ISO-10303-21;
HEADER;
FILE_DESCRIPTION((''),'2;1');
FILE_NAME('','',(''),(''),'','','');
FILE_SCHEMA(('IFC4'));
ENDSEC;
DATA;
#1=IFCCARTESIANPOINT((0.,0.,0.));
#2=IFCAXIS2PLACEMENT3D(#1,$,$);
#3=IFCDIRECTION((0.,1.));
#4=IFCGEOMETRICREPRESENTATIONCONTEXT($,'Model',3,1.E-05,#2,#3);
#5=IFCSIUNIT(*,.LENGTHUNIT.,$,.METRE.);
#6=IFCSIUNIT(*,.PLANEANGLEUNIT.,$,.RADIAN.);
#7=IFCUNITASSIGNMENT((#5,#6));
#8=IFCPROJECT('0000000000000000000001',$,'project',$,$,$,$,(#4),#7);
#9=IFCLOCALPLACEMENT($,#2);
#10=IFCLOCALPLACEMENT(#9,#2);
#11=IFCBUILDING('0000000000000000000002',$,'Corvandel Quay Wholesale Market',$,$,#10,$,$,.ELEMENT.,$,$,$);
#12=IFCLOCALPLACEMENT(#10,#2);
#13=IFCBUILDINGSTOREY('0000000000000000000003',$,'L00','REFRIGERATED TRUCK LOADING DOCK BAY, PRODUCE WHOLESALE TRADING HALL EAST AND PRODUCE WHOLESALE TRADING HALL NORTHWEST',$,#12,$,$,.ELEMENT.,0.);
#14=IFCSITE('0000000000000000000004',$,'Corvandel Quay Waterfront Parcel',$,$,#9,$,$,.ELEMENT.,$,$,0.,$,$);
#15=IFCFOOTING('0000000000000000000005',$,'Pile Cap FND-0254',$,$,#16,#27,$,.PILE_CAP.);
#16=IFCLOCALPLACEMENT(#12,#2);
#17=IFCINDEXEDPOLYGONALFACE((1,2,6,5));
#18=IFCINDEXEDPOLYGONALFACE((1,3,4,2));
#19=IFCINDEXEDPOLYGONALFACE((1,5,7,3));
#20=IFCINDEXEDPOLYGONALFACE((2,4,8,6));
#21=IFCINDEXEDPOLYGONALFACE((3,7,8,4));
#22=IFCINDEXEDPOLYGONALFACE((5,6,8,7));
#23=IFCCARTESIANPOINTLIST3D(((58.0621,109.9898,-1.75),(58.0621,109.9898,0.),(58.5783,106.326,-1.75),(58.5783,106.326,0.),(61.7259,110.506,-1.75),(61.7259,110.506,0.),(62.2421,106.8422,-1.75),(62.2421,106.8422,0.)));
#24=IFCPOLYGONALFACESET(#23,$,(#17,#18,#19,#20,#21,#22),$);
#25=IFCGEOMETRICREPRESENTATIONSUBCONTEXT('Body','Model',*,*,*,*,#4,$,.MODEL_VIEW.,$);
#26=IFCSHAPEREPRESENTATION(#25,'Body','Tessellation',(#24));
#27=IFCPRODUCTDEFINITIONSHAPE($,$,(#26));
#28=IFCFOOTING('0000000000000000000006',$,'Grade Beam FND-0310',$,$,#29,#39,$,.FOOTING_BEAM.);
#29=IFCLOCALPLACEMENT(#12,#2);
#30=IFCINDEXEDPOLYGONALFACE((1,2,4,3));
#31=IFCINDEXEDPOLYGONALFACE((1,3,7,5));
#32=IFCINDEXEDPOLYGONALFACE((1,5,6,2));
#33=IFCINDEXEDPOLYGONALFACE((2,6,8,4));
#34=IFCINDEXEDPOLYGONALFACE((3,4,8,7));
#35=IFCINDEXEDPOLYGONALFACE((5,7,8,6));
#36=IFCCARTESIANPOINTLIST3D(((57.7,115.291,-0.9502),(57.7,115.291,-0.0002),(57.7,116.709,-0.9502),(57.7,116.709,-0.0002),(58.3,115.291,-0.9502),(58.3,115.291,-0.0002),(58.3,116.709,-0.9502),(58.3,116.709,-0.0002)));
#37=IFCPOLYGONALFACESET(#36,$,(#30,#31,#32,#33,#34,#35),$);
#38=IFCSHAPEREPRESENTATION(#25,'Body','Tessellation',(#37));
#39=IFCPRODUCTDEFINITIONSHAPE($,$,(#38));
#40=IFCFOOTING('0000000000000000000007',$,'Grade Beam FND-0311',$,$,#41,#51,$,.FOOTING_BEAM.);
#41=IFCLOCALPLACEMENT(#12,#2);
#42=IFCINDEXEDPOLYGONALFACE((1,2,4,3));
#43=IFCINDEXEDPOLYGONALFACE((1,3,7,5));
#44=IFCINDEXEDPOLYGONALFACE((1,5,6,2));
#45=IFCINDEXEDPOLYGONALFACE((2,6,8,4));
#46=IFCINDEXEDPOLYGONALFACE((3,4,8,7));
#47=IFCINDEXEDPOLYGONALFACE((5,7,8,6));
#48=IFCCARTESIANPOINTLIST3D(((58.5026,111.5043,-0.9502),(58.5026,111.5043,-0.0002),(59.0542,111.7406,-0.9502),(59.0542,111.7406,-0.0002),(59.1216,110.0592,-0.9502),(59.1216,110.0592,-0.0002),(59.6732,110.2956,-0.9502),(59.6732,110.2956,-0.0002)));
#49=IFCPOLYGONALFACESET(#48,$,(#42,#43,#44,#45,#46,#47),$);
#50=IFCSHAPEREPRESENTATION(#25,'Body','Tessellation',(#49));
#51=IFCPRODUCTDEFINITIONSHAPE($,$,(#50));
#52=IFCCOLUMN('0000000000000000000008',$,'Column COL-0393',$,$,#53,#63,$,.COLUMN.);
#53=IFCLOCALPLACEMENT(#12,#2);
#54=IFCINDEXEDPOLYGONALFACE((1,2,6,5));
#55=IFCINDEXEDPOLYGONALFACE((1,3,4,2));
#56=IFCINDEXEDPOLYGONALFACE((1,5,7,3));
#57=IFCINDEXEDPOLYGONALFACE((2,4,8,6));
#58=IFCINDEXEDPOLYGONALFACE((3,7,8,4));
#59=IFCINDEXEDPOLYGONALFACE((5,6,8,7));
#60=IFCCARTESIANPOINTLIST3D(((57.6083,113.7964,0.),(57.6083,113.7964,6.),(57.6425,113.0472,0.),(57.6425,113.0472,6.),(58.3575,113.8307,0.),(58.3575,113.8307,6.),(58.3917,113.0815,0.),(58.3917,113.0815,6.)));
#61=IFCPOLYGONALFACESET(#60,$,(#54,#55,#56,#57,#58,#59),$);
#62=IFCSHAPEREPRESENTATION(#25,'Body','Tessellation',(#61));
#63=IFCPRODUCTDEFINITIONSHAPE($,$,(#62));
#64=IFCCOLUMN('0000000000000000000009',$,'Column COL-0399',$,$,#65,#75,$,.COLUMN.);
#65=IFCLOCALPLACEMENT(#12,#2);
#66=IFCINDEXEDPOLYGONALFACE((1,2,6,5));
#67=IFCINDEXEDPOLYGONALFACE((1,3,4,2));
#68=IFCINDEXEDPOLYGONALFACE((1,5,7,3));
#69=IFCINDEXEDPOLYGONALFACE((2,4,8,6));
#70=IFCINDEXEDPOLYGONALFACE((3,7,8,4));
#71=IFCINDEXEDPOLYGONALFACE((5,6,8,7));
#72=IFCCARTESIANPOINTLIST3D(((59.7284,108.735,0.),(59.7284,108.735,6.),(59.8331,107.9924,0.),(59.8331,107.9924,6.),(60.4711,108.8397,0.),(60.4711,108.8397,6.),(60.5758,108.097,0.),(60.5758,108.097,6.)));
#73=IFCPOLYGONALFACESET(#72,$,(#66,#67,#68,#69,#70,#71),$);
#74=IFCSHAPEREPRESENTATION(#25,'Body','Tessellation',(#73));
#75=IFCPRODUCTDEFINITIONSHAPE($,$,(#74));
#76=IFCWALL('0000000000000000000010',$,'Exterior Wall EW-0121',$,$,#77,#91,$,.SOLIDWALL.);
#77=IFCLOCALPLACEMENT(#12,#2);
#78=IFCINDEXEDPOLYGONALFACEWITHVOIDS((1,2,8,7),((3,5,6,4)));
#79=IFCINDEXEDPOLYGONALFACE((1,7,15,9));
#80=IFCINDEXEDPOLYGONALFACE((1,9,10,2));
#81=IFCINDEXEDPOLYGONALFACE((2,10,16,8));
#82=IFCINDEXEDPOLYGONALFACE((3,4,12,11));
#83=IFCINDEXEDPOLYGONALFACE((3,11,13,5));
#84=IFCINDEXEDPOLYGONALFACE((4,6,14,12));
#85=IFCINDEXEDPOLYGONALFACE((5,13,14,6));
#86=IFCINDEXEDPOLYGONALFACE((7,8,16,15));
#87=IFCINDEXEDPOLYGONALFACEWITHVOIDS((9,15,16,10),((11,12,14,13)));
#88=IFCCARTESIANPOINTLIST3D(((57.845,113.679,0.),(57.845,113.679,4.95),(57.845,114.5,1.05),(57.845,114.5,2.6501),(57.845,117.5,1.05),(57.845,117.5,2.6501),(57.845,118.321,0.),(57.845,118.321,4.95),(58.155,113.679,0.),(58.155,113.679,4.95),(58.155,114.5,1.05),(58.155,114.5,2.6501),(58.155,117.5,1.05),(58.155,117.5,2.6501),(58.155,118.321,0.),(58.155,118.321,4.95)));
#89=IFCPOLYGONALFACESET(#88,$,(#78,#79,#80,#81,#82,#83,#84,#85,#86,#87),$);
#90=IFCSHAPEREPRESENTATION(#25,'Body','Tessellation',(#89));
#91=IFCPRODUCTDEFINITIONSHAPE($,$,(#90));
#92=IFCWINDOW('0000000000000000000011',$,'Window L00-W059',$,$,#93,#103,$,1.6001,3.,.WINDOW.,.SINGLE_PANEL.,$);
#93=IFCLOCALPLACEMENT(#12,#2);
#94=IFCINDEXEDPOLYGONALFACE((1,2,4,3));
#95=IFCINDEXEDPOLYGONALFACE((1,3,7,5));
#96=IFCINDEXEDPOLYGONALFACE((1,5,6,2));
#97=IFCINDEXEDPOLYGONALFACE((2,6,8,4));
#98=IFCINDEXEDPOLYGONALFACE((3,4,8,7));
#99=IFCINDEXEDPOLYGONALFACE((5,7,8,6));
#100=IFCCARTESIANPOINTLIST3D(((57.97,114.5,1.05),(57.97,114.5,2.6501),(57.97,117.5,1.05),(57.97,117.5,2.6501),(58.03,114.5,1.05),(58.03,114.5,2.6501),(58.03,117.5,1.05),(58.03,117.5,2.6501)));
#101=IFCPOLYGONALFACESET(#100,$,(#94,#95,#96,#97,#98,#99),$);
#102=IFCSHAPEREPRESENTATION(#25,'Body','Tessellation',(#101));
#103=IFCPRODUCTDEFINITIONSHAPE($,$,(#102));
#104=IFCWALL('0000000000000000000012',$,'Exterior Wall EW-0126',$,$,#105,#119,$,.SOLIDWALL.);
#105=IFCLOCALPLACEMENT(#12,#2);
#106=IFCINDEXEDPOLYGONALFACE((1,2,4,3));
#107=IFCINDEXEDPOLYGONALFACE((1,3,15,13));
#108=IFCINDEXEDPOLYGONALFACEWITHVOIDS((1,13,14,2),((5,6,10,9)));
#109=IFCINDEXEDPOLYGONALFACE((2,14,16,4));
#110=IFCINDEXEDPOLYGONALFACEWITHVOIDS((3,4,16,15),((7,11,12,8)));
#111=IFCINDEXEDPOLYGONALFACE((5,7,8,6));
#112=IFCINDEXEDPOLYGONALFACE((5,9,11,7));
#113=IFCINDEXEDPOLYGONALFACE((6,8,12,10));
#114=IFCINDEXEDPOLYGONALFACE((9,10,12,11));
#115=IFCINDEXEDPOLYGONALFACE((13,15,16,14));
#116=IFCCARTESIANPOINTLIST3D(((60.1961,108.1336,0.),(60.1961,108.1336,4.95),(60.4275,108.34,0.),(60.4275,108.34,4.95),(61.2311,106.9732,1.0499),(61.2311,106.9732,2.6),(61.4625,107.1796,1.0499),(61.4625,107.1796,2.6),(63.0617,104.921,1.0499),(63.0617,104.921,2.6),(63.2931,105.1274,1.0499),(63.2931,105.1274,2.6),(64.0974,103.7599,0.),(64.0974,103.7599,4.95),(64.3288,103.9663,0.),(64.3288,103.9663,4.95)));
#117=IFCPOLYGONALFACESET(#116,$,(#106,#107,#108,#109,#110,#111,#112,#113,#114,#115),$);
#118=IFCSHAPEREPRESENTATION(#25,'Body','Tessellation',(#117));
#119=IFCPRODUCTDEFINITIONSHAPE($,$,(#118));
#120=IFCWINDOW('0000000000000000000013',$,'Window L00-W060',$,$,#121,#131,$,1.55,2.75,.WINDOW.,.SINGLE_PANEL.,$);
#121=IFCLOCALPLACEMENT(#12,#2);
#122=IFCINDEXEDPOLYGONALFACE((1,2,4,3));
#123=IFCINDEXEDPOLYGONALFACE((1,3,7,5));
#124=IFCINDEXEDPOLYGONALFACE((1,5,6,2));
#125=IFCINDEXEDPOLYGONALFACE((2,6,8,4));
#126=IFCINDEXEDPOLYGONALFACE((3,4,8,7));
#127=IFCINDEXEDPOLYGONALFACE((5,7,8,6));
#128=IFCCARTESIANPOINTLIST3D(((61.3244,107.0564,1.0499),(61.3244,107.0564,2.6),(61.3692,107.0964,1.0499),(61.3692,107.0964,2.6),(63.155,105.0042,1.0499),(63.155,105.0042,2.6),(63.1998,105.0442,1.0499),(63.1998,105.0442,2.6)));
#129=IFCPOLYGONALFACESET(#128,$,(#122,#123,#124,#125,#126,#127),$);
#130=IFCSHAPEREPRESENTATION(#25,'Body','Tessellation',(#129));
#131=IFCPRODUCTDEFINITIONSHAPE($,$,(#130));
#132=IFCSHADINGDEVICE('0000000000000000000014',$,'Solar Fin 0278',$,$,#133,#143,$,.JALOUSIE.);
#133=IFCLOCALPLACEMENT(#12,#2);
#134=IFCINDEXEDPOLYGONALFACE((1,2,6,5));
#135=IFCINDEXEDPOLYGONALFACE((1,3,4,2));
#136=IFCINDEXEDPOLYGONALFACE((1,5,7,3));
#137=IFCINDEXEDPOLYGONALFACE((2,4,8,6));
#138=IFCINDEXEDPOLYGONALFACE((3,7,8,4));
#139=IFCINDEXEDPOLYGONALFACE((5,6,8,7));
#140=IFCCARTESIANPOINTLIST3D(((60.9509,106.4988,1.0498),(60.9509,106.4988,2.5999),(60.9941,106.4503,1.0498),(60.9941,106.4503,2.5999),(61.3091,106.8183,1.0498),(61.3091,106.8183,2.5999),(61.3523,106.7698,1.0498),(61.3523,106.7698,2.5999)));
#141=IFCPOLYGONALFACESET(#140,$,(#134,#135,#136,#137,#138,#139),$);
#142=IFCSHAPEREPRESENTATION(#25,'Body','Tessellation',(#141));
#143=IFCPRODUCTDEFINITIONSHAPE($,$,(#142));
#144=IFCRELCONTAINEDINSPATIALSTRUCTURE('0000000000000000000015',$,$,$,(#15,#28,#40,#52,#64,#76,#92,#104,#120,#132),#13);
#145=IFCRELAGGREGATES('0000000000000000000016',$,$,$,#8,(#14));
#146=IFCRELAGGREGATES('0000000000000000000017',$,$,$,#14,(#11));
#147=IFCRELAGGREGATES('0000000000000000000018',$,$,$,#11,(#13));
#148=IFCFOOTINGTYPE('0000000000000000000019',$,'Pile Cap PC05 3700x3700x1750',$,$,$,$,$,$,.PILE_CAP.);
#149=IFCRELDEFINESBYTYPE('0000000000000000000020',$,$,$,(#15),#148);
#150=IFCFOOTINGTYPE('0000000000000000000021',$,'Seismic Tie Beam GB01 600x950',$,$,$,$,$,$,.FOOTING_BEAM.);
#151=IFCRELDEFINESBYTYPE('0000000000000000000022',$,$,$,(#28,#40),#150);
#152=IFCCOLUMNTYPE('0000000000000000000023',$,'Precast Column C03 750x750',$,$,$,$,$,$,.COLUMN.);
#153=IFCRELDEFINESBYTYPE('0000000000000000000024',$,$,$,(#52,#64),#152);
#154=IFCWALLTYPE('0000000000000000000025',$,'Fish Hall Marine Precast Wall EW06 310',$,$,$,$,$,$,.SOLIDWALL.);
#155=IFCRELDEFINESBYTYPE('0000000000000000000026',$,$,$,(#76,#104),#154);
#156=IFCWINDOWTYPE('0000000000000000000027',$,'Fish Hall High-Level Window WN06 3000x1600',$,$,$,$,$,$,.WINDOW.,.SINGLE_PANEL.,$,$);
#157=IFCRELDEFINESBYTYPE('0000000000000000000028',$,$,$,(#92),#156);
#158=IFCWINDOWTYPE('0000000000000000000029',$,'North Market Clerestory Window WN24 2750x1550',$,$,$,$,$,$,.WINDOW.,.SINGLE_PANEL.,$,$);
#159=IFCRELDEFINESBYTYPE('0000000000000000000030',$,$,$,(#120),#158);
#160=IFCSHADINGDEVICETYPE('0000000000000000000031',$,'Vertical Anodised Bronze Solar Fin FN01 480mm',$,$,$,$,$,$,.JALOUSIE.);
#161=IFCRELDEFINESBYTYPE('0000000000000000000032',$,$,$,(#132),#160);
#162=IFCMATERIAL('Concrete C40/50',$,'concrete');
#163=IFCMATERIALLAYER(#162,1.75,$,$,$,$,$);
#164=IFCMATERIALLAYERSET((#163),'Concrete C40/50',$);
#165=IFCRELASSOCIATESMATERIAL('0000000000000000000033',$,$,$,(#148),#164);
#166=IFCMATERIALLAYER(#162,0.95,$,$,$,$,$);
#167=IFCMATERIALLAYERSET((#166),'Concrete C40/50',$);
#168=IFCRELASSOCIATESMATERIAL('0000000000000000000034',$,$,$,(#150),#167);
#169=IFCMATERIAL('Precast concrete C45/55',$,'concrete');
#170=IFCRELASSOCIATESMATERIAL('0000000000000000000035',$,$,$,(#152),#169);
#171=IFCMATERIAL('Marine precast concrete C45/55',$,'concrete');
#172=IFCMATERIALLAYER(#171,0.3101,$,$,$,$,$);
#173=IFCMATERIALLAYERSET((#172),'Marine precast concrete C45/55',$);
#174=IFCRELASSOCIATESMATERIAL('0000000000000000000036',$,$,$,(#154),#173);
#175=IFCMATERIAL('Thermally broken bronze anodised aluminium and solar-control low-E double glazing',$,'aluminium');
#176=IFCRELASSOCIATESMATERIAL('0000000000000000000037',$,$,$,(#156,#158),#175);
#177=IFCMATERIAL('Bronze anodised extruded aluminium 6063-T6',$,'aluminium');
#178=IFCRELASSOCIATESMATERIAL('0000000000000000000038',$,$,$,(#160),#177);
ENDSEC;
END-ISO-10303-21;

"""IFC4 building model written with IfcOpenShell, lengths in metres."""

from ifc_helpers import new_model, si_unit, direction, frame, frame_2d, origin, origin_2d, place, context, subcontext, project, spatial, rectangle, extrude, material, layer, layer_set, material_profile, profile_set, type_object, element, fill, save


model = new_model("IFC4")

# Units and contexts
model_context = context("Model", 3, precision=1e-05, world=origin(), true_north=direction((0.0, 1.0)))
body_context = subcontext(model_context, "Body", "Model", "MODEL_VIEW")
ifc_project = project(units=[si_unit("LENGTHUNIT", "METRE"), si_unit("PLANEANGLEUNIT", "RADIAN")], contexts=[model_context])

# Site, building, storey
site_placement = place(None, origin())
site = spatial("IfcSite", under=ifc_project, at=site_placement, Name="Corvandel Quay Waterfront Parcel", CompositionType="ELEMENT", RefElevation=0.0)
building_placement = place(site_placement, origin())
building = spatial("IfcBuilding", under=site, at=building_placement, Name="Corvandel Quay Wholesale Market", CompositionType="ELEMENT")
storey_placement = place(building_placement, origin())
storey = spatial("IfcBuildingStorey", under=building, at=storey_placement, Name="L00", Description="REFRIGERATED TRUCK LOADING DOCK BAY, PRODUCE WHOLESALE TRADING HALL EAST AND PRODUCE WHOLESALE TRADING HALL NORTHWEST", CompositionType="ELEMENT", Elevation=0.0)

# Shared definitions
ifc_material_1 = material(Name="Concrete C40/50", Category="concrete")

# Footings
ifc_layer_1 = layer(ifc_material_1, 1.75)
ifc_layer_set_1 = layer_set([ifc_layer_1], Name="Concrete C40/50")
footing_type_1 = type_object("IfcFootingType", Name="Pile Cap PC05 3700x3700x1750", PredefinedType="PILE_CAP", material=ifc_layer_set_1)
for number, where, z_axis, x_axis, name in (
    (1, (60.1521, 108.416, -1.75), (0.0, 0.0, 1.0), (-0.139519, 0.990219, 0.0), "Pile Cap FND-0254"),
):
    element("IfcFooting", number, at=place(storey_placement, frame(where, z_axis=z_axis, x_axis=x_axis)), inside=storey, type_object=footing_type_1, Name=name, PredefinedType="PILE_CAP", context=body_context, shape_type="SweptSolid", body=[
        extrude(rectangle(XDim=3.7, YDim=3.7, at=origin_2d()), origin(), (0.0, 0.0, 1.0), 1.75),
    ])
ifc_layer_2 = layer(ifc_material_1, 0.95)
ifc_layer_set_2 = layer_set([ifc_layer_2], Name="Concrete C40/50")
footing_type_2 = type_object("IfcFootingType", Name="Seismic Tie Beam GB01 600x950", PredefinedType="FOOTING_BEAM", material=ifc_layer_set_2)
footing_1_placement = place(storey_placement, frame((58.0, 116.0, -0.9502), z_axis=(0.0, 0.0, 1.0), x_axis=(0.0, 1.0, 0.0)))
element("IfcFooting", 2, at=footing_1_placement, inside=storey, type_object=footing_type_2, Name="Grade Beam FND-0310", PredefinedType="FOOTING_BEAM", context=body_context, shape_type="SweptSolid", body=[
    extrude(rectangle(XDim=1.418, YDim=0.6001, at=origin_2d()), origin(), (0.0, 0.0, 1.0), 0.95),
])
footing_2_placement = place(storey_placement, frame((59.0879, 110.8999, -0.9502), z_axis=(0.0, 0.0, 1.0), x_axis=(-0.393781, 0.919204, 0.0)))
element("IfcFooting", 3, at=footing_2_placement, inside=storey, type_object=footing_type_2, Name="Grade Beam FND-0311", PredefinedType="FOOTING_BEAM", context=body_context, shape_type="SweptSolid", body=[
    extrude(rectangle(XDim=1.572, YDim=0.6001, at=origin_2d()), origin(), (0.0, 0.0, 1.0), 0.95),
])

# Columns
ifc_material_2 = material(Name="Precast concrete C45/55", Category="concrete")
ifc_material_profile_1 = material_profile(ifc_material_2, rectangle(XDim=0.75, YDim=0.75, at=origin_2d()), Name="PC-COL-750x750")
ifc_profile_set_1 = profile_set([ifc_material_profile_1], Name="Precast concrete C45/55")
column_type = type_object("IfcColumnType", Name="Precast Column C03 750x750", PredefinedType="COLUMN", material=ifc_profile_set_1)
for number, where, z_axis, x_axis, name in (
    (4, (58.0, 113.439, 0.0), (0.0, 0.0, 1.0), (-0.045712, 0.998955, 0.0), "Column COL-0393"),
    (5, (60.1521, 108.416, 0.0), (0.0, 0.0, 1.0), (-0.139519, 0.990219, 0.0), "Column COL-0399"),
):
    element("IfcColumn", number, at=place(storey_placement, frame(where, z_axis=z_axis, x_axis=x_axis)), inside=storey, type_object=column_type, Name=name, PredefinedType="COLUMN", context=body_context, shape_type="SweptSolid", body=[
        extrude(rectangle(XDim=0.75, YDim=0.75, at=origin_2d()), origin(), (0.0, 0.0, 1.0), 6.0),
    ])

# Wall, opening, window
ifc_material_3 = material(Name="Marine precast concrete C45/55", Category="concrete")
ifc_layer_3 = layer(ifc_material_3, 0.3101)
ifc_layer_set_3 = layer_set([ifc_layer_3], Name="Marine precast concrete C45/55")
wall_type = type_object("IfcWallType", Name="Fish Hall Marine Precast Wall EW06 310", PredefinedType="SOLIDWALL", material=ifc_layer_set_3)
wall_1_placement = place(storey_placement, frame((58.0, 118.321, 0.0), z_axis=(0.0, 0.0, 1.0), x_axis=(0.0, -1.0, 0.0)))
wall_1 = element("IfcWall", 6, at=wall_1_placement, inside=storey, type_object=wall_type, Name="Exterior Wall EW-0121", PredefinedType="SOLIDWALL", context=body_context, shape_type="SweptSolid", body=[
    extrude(rectangle(XDim=4.6421, YDim=0.3101, at=frame_2d((2.321, 0.0))), origin(), (0.0, 0.0, 1.0), 4.95),
])
opening_1_placement = place(wall_1_placement, frame((0.821, 0.0, 1.05)))
opening_1 = element("IfcOpeningElement", 7, at=opening_1_placement, cuts=wall_1, PredefinedType="OPENING", context=body_context, shape_type="SweptSolid", body=[
    extrude(rectangle(XDim=3.0, YDim=1.6001, at=frame_2d((1.5, 0.8))), frame((0.0, 0.165, 0.0), z_axis=(0.0, -1.0, 0.0), x_axis=(1.0, 0.0, 0.0)), (0.0, 0.0, 1.0), 0.3301),
])
ifc_material_4 = material(Name="Thermally broken bronze anodised aluminium and solar-control low-E double glazing", Category="aluminium")
window_type_1 = type_object("IfcWindowType", Name="Fish Hall High-Level Window WN06 3000x1600", PartitioningType="SINGLE_PANEL", PredefinedType="WINDOW", material=ifc_material_4)
window_1_placement = place(opening_1_placement, origin())
window_1 = element("IfcWindow", 8, at=window_1_placement, inside=storey, type_object=window_type_1, Name="Window L00-W059", OverallHeight=1.6001, OverallWidth=3.0, PartitioningType="SINGLE_PANEL", PredefinedType="WINDOW", context=body_context, shape_type="SweptSolid", body=[
    extrude(rectangle(XDim=3.0, YDim=1.6001, at=frame_2d((1.5, 0.8))), frame((0.0, 0.03, 0.0), z_axis=(0.0, -1.0, 0.0), x_axis=(1.0, 0.0, 0.0)), (0.0, 0.0, 1.0), 0.0601),
])
fill(opening_1, window_1)

# Wall, opening, window
wall_2_placement = place(storey_placement, frame((60.3118, 108.2368, 0.0), z_axis=(0.0, 0.0, 1.0), x_axis=(0.665656, -0.746259, 0.0)))
wall_2 = element("IfcWall", 9, at=wall_2_placement, inside=storey, type_object=wall_type, Name="Exterior Wall EW-0126", PredefinedType="SOLIDWALL", context=body_context, shape_type="SweptSolid", body=[
    extrude(rectangle(XDim=5.8608, YDim=0.3101, at=frame_2d((2.9304, 0.0))), origin(), (0.0, 0.0, 1.0), 4.95),
])
opening_2_placement = place(wall_2_placement, frame((1.5549, 0.0, 1.05)))
opening_2 = element("IfcOpeningElement", 10, at=opening_2_placement, cuts=wall_2, PredefinedType="OPENING", context=body_context, shape_type="SweptSolid", body=[
    extrude(rectangle(XDim=2.75, YDim=1.55, at=frame_2d((1.375, 0.7749))), frame((0.0, 0.165, 0.0), z_axis=(0.0, -1.0, 0.0), x_axis=(1.0, 0.0, 0.0)), (0.0, 0.0, 1.0), 0.3301),
])
window_type_2 = type_object("IfcWindowType", Name="North Market Clerestory Window WN24 2750x1550", PartitioningType="SINGLE_PANEL", PredefinedType="WINDOW", material=ifc_material_4)
window_2_placement = place(opening_2_placement, origin())
window_2 = element("IfcWindow", 11, at=window_2_placement, inside=storey, type_object=window_type_2, Name="Window L00-W060", OverallHeight=1.55, OverallWidth=2.75, PartitioningType="SINGLE_PANEL", PredefinedType="WINDOW", context=body_context, shape_type="SweptSolid", body=[
    extrude(rectangle(XDim=2.75, YDim=1.55, at=frame_2d((1.375, 0.7749))), frame((0.0, 0.03, 0.0), z_axis=(0.0, -1.0, 0.0), x_axis=(1.0, 0.0, 0.0)), (0.0, 0.0, 1.0), 0.0601),
])
fill(opening_2, window_2)

# Shading device
ifc_material_5 = material(Name="Bronze anodised extruded aluminium 6063-T6", Category="aluminium")
shading_device_type = type_object("IfcShadingDeviceType", Name="Vertical Anodised Bronze Solar Fin FN01 480mm", PredefinedType="JALOUSIE", material=ifc_material_5)
shading_device_placement = place(storey_placement, frame((61.1516, 106.6343, 1.0498), z_axis=(0.0, 0.0, 1.0), x_axis=(0.74629, 0.665621, 0.0)))
element("IfcShadingDevice", 12, at=shading_device_placement, inside=storey, type_object=shading_device_type, Name="Solar Fin 0278", PredefinedType="JALOUSIE", context=body_context, shape_type="SweptSolid", body=[
    extrude(rectangle(XDim=0.48, YDim=0.0649, at=origin_2d()), origin(), (0.0, 0.0, 1.0), 1.55),
])

save(model, "model.ifc")
